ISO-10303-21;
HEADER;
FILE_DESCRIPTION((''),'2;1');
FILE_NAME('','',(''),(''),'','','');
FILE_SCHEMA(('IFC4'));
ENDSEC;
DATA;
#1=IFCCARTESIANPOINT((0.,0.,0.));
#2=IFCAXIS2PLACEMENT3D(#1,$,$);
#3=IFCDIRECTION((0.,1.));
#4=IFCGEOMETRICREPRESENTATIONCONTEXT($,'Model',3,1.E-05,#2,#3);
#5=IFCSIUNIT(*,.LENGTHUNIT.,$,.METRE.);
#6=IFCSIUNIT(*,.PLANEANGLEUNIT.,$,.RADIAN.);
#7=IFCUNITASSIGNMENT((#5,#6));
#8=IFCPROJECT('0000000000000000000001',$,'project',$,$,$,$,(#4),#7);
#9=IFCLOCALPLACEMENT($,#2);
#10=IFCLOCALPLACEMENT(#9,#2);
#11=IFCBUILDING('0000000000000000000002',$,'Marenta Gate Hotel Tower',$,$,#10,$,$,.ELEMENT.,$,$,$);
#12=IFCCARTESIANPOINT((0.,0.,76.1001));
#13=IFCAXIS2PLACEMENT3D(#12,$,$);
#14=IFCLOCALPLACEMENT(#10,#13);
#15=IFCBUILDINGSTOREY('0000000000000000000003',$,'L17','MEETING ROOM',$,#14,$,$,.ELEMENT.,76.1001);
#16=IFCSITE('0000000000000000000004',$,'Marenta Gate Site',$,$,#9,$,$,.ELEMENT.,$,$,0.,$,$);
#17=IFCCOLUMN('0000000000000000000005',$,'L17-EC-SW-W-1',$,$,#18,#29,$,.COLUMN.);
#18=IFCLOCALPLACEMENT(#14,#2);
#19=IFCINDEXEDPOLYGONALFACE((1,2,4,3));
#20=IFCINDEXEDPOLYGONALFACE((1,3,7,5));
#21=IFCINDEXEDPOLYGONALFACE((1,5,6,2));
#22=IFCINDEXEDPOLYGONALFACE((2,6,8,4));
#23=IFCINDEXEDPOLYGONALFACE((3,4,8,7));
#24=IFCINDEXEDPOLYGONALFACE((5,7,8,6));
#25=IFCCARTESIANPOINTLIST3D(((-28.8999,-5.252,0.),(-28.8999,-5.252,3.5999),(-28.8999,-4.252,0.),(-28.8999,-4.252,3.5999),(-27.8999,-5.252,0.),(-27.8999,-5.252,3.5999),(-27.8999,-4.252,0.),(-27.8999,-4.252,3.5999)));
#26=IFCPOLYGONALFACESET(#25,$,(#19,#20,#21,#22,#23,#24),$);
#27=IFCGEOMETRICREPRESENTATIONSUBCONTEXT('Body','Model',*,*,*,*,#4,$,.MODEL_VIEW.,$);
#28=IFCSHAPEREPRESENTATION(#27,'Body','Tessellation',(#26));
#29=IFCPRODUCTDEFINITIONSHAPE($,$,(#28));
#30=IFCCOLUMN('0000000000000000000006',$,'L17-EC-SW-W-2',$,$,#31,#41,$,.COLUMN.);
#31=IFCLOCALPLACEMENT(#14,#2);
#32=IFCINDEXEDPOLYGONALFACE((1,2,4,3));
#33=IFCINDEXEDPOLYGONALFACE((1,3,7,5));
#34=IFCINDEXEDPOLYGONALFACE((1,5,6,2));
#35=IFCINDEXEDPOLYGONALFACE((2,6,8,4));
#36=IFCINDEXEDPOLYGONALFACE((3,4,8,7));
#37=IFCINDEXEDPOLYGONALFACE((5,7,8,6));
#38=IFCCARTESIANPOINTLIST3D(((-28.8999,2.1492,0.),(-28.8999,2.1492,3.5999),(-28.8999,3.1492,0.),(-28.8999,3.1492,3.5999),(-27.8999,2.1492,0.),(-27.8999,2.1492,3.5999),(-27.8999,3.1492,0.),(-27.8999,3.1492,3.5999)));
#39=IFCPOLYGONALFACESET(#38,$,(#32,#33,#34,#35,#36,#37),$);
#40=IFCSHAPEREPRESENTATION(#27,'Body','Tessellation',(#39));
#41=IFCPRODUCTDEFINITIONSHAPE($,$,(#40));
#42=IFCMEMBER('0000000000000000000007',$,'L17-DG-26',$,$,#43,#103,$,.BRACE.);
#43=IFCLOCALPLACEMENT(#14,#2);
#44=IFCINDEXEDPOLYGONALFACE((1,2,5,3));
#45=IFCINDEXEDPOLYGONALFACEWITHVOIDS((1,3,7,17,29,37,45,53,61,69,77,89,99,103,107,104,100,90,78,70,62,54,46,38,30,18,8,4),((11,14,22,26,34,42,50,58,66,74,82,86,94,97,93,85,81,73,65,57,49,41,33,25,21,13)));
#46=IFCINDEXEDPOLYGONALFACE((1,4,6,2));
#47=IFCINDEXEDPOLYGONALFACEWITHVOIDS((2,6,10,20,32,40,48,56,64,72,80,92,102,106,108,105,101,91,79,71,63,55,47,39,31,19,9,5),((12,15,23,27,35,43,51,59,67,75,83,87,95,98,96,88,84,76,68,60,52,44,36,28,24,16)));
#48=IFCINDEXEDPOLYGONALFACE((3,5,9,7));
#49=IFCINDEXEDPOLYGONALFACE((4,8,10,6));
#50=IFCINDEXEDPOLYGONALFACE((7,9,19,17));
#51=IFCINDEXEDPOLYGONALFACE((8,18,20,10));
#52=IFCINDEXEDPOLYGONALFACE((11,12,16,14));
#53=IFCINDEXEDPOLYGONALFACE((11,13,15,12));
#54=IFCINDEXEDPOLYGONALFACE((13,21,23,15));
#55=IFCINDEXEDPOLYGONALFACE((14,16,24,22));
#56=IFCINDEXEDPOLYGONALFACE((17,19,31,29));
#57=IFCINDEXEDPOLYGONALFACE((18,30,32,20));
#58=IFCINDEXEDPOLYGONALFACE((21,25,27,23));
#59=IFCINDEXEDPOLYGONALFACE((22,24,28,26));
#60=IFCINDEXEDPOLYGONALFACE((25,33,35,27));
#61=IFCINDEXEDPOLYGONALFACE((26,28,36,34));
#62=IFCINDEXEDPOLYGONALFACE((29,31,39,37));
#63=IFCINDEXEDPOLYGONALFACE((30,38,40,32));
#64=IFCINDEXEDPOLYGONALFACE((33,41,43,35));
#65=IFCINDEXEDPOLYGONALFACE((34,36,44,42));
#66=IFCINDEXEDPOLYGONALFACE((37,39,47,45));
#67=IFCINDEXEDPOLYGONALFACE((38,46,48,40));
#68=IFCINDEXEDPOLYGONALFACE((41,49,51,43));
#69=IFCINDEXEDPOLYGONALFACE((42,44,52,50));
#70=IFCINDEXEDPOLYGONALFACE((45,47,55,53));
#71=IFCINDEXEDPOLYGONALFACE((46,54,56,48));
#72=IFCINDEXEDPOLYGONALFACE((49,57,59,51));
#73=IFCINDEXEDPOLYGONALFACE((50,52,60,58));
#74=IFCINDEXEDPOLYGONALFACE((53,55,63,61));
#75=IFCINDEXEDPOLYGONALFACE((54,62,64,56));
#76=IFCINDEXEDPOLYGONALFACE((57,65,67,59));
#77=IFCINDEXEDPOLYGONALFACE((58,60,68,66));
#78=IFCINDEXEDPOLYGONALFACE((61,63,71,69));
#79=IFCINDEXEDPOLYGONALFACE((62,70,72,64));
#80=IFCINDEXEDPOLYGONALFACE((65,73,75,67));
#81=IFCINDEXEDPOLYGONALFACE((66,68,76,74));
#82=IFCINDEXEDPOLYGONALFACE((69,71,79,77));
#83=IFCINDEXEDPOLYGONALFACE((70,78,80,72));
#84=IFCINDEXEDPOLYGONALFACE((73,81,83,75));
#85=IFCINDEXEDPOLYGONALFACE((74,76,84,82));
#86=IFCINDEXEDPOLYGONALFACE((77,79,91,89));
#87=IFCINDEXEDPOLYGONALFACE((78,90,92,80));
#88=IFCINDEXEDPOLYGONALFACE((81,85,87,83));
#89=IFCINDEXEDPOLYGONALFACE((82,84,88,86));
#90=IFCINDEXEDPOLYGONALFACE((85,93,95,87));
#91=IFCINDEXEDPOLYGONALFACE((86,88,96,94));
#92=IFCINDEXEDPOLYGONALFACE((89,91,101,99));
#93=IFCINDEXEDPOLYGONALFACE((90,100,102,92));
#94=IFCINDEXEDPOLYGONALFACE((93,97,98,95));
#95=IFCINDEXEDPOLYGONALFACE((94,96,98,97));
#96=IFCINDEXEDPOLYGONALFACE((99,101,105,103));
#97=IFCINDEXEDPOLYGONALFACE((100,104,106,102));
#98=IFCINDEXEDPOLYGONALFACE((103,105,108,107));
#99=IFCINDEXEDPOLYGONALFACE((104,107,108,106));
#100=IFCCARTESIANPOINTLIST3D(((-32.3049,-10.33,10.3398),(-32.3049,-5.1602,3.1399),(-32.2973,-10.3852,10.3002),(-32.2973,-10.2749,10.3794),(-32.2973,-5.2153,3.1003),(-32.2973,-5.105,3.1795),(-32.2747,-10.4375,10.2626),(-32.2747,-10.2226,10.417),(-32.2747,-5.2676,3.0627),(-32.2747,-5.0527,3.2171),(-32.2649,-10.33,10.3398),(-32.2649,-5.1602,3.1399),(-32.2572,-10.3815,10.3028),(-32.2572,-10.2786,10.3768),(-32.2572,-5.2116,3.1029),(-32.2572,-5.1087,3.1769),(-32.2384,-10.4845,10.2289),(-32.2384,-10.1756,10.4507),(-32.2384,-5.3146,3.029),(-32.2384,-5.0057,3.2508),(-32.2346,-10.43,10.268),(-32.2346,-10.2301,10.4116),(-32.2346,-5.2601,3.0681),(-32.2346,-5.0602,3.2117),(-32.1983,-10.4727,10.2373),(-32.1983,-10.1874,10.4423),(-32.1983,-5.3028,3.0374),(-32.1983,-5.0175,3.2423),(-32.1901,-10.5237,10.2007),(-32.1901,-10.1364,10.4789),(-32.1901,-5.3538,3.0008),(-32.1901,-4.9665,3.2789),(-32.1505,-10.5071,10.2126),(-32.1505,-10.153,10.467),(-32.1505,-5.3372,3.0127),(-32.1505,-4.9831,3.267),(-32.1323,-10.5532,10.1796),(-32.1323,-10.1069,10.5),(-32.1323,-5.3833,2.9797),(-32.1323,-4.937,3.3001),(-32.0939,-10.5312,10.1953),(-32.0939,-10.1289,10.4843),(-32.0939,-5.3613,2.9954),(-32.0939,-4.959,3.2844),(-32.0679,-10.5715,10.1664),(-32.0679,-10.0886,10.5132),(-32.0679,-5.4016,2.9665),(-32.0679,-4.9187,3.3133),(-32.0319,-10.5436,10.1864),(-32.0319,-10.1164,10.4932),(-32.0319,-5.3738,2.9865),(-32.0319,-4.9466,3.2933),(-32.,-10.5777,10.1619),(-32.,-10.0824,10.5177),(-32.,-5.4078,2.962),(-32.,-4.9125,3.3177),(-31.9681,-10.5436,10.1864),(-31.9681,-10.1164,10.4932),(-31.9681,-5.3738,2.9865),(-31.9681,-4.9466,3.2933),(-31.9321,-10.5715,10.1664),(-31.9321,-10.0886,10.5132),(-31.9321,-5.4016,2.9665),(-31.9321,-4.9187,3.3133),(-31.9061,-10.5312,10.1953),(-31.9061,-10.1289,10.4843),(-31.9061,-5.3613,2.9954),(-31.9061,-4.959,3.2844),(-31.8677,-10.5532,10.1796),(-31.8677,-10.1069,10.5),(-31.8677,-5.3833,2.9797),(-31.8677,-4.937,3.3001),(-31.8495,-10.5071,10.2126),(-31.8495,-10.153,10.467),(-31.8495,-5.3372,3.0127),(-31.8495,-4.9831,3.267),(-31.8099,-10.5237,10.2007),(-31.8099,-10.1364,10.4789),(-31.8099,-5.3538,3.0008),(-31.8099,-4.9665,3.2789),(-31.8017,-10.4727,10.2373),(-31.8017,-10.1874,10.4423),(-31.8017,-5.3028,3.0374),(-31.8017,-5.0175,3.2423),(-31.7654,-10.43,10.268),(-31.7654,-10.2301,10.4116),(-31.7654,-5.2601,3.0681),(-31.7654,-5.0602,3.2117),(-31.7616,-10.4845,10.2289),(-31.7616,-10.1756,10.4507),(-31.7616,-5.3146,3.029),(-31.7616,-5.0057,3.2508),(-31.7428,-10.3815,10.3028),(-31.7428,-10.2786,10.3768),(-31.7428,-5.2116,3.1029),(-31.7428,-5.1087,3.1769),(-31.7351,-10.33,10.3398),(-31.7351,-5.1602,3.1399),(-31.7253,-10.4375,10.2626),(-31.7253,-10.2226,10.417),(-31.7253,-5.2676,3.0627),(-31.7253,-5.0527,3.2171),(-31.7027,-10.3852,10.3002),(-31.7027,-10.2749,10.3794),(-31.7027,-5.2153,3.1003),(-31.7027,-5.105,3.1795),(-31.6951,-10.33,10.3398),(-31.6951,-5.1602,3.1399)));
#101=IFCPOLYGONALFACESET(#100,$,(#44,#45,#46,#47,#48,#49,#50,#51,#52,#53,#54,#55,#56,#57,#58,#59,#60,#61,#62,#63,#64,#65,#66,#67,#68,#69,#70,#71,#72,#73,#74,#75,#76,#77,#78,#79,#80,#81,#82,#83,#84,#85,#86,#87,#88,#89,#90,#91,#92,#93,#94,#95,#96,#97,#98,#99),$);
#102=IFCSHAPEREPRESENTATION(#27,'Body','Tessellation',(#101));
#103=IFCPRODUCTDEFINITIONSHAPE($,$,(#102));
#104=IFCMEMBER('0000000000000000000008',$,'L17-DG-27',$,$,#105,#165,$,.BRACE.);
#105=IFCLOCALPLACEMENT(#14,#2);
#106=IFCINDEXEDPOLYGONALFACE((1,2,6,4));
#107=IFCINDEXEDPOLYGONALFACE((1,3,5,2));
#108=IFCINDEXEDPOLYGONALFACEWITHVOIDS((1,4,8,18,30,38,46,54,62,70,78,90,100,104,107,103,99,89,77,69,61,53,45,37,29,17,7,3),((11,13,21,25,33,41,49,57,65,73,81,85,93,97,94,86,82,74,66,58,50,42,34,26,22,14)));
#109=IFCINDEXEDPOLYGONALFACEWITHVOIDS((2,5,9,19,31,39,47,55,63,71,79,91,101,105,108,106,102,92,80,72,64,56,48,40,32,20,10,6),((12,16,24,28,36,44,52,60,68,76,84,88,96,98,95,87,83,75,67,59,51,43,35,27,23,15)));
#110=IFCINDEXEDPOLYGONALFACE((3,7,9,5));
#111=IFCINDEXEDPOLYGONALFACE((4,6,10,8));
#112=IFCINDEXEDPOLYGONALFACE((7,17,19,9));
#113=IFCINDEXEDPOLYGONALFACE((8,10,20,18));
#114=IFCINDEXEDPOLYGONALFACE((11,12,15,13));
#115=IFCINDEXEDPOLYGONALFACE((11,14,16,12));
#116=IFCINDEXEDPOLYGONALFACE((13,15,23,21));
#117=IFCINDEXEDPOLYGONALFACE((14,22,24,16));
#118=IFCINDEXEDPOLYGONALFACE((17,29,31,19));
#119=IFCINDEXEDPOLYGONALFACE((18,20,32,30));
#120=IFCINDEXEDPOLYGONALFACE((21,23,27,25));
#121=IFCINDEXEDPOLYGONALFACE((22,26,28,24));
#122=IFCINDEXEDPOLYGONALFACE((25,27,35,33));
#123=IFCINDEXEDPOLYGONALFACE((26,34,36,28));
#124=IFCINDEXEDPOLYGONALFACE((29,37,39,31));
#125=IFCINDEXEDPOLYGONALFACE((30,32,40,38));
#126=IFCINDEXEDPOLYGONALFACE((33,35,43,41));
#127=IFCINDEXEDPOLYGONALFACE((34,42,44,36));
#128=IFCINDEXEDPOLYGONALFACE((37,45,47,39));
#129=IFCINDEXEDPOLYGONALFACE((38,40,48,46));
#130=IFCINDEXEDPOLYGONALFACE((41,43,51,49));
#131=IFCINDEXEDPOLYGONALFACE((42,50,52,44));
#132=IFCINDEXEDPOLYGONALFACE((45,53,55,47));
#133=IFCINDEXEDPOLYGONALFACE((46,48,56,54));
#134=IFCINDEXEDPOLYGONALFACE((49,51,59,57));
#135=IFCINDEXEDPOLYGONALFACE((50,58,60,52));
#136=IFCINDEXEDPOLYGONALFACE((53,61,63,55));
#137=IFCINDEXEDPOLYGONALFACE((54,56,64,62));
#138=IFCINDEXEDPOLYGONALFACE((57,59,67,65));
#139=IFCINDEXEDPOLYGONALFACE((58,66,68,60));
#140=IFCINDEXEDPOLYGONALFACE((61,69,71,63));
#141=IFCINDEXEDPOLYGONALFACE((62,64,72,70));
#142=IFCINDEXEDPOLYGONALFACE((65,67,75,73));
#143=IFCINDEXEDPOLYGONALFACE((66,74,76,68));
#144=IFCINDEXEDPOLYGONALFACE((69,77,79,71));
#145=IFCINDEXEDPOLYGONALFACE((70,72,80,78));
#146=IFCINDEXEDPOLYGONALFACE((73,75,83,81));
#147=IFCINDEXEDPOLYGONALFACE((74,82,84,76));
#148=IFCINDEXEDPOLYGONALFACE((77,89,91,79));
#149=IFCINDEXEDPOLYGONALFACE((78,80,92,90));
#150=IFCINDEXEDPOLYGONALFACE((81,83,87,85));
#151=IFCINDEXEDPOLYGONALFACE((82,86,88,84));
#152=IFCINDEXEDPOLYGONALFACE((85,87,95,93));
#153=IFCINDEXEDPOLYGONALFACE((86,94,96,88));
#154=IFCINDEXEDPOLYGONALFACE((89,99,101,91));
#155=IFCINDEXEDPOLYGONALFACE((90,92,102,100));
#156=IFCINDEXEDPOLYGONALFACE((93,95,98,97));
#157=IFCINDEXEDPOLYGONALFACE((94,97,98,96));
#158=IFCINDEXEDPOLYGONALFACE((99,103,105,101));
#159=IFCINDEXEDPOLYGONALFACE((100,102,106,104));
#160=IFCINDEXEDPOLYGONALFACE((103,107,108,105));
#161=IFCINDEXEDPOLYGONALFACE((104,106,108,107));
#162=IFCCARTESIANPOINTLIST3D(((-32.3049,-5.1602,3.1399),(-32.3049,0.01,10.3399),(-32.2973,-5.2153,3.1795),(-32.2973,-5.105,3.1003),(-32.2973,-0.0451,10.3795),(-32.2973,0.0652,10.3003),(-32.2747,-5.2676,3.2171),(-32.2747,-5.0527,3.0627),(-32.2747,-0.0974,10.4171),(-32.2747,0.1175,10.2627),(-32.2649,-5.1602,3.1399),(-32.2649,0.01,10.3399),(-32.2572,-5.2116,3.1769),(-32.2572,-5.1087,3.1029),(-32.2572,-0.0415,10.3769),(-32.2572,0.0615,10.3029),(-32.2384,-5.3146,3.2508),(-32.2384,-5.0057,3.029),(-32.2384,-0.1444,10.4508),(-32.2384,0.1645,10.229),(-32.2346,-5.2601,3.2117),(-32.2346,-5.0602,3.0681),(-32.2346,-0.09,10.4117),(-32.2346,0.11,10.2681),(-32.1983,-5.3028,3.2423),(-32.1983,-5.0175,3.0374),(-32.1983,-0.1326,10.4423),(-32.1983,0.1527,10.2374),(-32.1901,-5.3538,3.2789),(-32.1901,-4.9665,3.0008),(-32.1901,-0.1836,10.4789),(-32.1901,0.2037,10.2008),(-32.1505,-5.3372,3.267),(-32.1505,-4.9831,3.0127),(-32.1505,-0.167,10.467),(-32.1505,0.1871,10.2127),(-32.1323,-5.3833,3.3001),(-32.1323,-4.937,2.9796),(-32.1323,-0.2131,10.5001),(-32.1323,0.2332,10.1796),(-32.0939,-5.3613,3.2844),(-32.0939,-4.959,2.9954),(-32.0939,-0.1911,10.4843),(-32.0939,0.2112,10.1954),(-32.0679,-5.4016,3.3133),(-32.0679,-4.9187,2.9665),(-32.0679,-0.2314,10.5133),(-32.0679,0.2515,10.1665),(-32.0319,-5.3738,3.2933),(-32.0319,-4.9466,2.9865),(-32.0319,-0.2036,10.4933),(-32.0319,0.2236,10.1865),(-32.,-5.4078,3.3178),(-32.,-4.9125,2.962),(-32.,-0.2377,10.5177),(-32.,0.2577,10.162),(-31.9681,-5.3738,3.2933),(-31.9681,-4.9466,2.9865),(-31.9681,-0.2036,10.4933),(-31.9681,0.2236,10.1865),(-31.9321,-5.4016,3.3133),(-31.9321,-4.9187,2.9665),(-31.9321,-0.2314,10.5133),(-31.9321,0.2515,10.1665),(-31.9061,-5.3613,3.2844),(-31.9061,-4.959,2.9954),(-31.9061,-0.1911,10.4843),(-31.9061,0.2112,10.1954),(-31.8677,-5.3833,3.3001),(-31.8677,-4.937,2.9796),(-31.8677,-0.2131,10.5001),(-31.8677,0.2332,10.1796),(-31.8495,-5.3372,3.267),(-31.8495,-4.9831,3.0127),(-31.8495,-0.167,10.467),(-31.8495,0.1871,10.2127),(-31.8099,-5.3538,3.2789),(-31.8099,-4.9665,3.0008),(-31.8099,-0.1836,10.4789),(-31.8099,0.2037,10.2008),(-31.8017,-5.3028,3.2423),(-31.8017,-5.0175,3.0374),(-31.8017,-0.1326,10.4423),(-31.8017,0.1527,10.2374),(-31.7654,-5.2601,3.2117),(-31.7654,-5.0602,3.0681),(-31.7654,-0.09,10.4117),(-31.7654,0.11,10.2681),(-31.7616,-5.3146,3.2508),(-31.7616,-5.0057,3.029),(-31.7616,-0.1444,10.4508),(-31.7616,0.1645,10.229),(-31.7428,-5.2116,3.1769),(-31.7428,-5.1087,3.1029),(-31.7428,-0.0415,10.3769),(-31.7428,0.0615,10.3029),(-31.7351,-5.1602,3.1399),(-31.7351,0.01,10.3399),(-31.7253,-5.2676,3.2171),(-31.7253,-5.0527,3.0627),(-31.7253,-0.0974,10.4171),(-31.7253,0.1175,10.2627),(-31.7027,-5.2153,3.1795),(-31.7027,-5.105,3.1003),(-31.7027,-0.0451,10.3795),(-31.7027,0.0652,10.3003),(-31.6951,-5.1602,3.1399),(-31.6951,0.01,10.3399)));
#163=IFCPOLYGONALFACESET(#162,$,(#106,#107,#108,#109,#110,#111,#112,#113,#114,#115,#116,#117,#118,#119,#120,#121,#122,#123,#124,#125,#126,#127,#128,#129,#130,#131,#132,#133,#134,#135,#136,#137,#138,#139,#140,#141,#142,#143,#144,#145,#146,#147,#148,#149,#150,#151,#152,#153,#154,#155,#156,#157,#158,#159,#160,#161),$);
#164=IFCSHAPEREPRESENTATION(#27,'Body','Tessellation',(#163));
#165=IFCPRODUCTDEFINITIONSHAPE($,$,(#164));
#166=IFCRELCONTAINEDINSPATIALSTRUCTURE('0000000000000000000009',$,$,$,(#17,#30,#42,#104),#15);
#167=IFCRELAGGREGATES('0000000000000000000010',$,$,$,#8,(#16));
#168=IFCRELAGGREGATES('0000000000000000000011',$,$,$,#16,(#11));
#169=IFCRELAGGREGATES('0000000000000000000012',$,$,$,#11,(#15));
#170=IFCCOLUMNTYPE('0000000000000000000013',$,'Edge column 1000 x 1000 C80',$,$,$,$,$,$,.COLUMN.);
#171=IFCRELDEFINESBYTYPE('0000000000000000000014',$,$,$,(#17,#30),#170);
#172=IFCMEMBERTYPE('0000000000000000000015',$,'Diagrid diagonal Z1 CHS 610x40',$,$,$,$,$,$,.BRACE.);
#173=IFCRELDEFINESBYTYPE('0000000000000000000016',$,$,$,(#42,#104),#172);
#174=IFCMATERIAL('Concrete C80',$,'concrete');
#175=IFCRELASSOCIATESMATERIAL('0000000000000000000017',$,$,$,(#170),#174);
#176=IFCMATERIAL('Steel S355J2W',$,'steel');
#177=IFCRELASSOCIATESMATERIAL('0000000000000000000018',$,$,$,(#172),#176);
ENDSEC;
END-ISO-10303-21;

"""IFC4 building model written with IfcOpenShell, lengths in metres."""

from ifc_helpers import new_model, si_unit, direction, frame, origin, origin_2d, place, context, subcontext, project, spatial, rectangle, hollow_circle, extrude, material, material_profile, profile_set, type_object, element, save


model = new_model("IFC4")

# Units and contexts
model_context = context("Model", 3, precision=1e-05, world=origin(), true_north=direction((0.0, 1.0)))
body_context = subcontext(model_context, "Body", "Model", "MODEL_VIEW")
ifc_project = project(units=[si_unit("LENGTHUNIT", "METRE"), si_unit("PLANEANGLEUNIT", "RADIAN")], contexts=[model_context])

# Site, building, storey
site_placement = place(None, origin())
site = spatial("IfcSite", under=ifc_project, at=site_placement, Name="Marenta Gate Site", CompositionType="ELEMENT", RefElevation=0.0)
building_placement = place(site_placement, origin())
building = spatial("IfcBuilding", under=site, at=building_placement, Name="Marenta Gate Hotel Tower", CompositionType="ELEMENT")
storey_placement = place(building_placement, frame((0.0, 0.0, 76.1001)))
storey = spatial("IfcBuildingStorey", under=building, at=storey_placement, Name="L17", Description="MEETING ROOM", CompositionType="ELEMENT", Elevation=76.1001)

# Columns
ifc_material_1 = material(Name="Concrete C80", Category="concrete")
ifc_material_profile_1 = material_profile(ifc_material_1, rectangle(XDim=1.0, YDim=1.0, at=origin_2d()), Name="1000 x 1000")
ifc_profile_set_1 = profile_set([ifc_material_profile_1], Name="Concrete C80")
column_type = type_object("IfcColumnType", Name="Edge column 1000 x 1000 C80", PredefinedType="COLUMN", material=ifc_profile_set_1)
for number, where, z_axis, x_axis, name in (
    (1, (-28.3999, -4.752, 0.0), (0.0, 0.0, 1.0), (1.0, 0.0, 0.0), "L17-EC-SW-W-1"),
    (2, (-28.3999, 2.6492, 0.0), (0.0, 0.0, 1.0), (1.0, 0.0, 0.0), "L17-EC-SW-W-2"),
):
    element("IfcColumn", number, at=place(storey_placement, frame(where, z_axis=z_axis, x_axis=x_axis)), inside=storey, type_object=column_type, Name=name, PredefinedType="COLUMN", context=body_context, shape_type="SweptSolid", body=[
        extrude(rectangle(XDim=1.0, YDim=1.0, at=origin_2d()), origin(), (0.0, 0.0, 1.0), 3.5999),
    ])

# Members
ifc_material_2 = material(Name="Steel S355J2W", Category="steel")
ifc_material_profile_2 = material_profile(ifc_material_2, hollow_circle(Radius=0.3049, WallThickness=0.04, at=origin_2d()), Name="CHS 610x40")
ifc_profile_set_2 = profile_set([ifc_material_profile_2], Name="Steel S355J2W")
member_type_1 = type_object("IfcMemberType", Name="Diagrid diagonal Z1 CHS 610x40", PredefinedType="BRACE", material=ifc_profile_set_2)
member_1_placement = place(storey_placement, frame((-32.0, -5.1602, 3.1399), z_axis=(0.0, -0.583261, 0.812285), x_axis=(1.0, 0.0, 0.0)))
element("IfcMember", 3, at=member_1_placement, inside=storey, type_object=member_type_1, Name="L17-DG-26", PredefinedType="BRACE", context=body_context, shape_type="SweptSolid", body=[
    extrude(hollow_circle(Radius=0.3049, WallThickness=0.04, at=origin_2d()), origin(), (0.0, 0.0, 1.0), 8.8638),
])
member_2_placement = place(storey_placement, frame((-32.0, -5.1602, 3.1399), z_axis=(0.0, 0.583279, 0.812272), x_axis=(-1.0, 0.0, 0.0)))
element("IfcMember", 4, at=member_2_placement, inside=storey, type_object=member_type_1, Name="L17-DG-27", PredefinedType="BRACE", context=body_context, shape_type="SweptSolid", body=[
    extrude(hollow_circle(Radius=0.3049, WallThickness=0.04, at=origin_2d()), origin(), (0.0, 0.0, 1.0), 8.864),
])

save(model, "model.ifc")
